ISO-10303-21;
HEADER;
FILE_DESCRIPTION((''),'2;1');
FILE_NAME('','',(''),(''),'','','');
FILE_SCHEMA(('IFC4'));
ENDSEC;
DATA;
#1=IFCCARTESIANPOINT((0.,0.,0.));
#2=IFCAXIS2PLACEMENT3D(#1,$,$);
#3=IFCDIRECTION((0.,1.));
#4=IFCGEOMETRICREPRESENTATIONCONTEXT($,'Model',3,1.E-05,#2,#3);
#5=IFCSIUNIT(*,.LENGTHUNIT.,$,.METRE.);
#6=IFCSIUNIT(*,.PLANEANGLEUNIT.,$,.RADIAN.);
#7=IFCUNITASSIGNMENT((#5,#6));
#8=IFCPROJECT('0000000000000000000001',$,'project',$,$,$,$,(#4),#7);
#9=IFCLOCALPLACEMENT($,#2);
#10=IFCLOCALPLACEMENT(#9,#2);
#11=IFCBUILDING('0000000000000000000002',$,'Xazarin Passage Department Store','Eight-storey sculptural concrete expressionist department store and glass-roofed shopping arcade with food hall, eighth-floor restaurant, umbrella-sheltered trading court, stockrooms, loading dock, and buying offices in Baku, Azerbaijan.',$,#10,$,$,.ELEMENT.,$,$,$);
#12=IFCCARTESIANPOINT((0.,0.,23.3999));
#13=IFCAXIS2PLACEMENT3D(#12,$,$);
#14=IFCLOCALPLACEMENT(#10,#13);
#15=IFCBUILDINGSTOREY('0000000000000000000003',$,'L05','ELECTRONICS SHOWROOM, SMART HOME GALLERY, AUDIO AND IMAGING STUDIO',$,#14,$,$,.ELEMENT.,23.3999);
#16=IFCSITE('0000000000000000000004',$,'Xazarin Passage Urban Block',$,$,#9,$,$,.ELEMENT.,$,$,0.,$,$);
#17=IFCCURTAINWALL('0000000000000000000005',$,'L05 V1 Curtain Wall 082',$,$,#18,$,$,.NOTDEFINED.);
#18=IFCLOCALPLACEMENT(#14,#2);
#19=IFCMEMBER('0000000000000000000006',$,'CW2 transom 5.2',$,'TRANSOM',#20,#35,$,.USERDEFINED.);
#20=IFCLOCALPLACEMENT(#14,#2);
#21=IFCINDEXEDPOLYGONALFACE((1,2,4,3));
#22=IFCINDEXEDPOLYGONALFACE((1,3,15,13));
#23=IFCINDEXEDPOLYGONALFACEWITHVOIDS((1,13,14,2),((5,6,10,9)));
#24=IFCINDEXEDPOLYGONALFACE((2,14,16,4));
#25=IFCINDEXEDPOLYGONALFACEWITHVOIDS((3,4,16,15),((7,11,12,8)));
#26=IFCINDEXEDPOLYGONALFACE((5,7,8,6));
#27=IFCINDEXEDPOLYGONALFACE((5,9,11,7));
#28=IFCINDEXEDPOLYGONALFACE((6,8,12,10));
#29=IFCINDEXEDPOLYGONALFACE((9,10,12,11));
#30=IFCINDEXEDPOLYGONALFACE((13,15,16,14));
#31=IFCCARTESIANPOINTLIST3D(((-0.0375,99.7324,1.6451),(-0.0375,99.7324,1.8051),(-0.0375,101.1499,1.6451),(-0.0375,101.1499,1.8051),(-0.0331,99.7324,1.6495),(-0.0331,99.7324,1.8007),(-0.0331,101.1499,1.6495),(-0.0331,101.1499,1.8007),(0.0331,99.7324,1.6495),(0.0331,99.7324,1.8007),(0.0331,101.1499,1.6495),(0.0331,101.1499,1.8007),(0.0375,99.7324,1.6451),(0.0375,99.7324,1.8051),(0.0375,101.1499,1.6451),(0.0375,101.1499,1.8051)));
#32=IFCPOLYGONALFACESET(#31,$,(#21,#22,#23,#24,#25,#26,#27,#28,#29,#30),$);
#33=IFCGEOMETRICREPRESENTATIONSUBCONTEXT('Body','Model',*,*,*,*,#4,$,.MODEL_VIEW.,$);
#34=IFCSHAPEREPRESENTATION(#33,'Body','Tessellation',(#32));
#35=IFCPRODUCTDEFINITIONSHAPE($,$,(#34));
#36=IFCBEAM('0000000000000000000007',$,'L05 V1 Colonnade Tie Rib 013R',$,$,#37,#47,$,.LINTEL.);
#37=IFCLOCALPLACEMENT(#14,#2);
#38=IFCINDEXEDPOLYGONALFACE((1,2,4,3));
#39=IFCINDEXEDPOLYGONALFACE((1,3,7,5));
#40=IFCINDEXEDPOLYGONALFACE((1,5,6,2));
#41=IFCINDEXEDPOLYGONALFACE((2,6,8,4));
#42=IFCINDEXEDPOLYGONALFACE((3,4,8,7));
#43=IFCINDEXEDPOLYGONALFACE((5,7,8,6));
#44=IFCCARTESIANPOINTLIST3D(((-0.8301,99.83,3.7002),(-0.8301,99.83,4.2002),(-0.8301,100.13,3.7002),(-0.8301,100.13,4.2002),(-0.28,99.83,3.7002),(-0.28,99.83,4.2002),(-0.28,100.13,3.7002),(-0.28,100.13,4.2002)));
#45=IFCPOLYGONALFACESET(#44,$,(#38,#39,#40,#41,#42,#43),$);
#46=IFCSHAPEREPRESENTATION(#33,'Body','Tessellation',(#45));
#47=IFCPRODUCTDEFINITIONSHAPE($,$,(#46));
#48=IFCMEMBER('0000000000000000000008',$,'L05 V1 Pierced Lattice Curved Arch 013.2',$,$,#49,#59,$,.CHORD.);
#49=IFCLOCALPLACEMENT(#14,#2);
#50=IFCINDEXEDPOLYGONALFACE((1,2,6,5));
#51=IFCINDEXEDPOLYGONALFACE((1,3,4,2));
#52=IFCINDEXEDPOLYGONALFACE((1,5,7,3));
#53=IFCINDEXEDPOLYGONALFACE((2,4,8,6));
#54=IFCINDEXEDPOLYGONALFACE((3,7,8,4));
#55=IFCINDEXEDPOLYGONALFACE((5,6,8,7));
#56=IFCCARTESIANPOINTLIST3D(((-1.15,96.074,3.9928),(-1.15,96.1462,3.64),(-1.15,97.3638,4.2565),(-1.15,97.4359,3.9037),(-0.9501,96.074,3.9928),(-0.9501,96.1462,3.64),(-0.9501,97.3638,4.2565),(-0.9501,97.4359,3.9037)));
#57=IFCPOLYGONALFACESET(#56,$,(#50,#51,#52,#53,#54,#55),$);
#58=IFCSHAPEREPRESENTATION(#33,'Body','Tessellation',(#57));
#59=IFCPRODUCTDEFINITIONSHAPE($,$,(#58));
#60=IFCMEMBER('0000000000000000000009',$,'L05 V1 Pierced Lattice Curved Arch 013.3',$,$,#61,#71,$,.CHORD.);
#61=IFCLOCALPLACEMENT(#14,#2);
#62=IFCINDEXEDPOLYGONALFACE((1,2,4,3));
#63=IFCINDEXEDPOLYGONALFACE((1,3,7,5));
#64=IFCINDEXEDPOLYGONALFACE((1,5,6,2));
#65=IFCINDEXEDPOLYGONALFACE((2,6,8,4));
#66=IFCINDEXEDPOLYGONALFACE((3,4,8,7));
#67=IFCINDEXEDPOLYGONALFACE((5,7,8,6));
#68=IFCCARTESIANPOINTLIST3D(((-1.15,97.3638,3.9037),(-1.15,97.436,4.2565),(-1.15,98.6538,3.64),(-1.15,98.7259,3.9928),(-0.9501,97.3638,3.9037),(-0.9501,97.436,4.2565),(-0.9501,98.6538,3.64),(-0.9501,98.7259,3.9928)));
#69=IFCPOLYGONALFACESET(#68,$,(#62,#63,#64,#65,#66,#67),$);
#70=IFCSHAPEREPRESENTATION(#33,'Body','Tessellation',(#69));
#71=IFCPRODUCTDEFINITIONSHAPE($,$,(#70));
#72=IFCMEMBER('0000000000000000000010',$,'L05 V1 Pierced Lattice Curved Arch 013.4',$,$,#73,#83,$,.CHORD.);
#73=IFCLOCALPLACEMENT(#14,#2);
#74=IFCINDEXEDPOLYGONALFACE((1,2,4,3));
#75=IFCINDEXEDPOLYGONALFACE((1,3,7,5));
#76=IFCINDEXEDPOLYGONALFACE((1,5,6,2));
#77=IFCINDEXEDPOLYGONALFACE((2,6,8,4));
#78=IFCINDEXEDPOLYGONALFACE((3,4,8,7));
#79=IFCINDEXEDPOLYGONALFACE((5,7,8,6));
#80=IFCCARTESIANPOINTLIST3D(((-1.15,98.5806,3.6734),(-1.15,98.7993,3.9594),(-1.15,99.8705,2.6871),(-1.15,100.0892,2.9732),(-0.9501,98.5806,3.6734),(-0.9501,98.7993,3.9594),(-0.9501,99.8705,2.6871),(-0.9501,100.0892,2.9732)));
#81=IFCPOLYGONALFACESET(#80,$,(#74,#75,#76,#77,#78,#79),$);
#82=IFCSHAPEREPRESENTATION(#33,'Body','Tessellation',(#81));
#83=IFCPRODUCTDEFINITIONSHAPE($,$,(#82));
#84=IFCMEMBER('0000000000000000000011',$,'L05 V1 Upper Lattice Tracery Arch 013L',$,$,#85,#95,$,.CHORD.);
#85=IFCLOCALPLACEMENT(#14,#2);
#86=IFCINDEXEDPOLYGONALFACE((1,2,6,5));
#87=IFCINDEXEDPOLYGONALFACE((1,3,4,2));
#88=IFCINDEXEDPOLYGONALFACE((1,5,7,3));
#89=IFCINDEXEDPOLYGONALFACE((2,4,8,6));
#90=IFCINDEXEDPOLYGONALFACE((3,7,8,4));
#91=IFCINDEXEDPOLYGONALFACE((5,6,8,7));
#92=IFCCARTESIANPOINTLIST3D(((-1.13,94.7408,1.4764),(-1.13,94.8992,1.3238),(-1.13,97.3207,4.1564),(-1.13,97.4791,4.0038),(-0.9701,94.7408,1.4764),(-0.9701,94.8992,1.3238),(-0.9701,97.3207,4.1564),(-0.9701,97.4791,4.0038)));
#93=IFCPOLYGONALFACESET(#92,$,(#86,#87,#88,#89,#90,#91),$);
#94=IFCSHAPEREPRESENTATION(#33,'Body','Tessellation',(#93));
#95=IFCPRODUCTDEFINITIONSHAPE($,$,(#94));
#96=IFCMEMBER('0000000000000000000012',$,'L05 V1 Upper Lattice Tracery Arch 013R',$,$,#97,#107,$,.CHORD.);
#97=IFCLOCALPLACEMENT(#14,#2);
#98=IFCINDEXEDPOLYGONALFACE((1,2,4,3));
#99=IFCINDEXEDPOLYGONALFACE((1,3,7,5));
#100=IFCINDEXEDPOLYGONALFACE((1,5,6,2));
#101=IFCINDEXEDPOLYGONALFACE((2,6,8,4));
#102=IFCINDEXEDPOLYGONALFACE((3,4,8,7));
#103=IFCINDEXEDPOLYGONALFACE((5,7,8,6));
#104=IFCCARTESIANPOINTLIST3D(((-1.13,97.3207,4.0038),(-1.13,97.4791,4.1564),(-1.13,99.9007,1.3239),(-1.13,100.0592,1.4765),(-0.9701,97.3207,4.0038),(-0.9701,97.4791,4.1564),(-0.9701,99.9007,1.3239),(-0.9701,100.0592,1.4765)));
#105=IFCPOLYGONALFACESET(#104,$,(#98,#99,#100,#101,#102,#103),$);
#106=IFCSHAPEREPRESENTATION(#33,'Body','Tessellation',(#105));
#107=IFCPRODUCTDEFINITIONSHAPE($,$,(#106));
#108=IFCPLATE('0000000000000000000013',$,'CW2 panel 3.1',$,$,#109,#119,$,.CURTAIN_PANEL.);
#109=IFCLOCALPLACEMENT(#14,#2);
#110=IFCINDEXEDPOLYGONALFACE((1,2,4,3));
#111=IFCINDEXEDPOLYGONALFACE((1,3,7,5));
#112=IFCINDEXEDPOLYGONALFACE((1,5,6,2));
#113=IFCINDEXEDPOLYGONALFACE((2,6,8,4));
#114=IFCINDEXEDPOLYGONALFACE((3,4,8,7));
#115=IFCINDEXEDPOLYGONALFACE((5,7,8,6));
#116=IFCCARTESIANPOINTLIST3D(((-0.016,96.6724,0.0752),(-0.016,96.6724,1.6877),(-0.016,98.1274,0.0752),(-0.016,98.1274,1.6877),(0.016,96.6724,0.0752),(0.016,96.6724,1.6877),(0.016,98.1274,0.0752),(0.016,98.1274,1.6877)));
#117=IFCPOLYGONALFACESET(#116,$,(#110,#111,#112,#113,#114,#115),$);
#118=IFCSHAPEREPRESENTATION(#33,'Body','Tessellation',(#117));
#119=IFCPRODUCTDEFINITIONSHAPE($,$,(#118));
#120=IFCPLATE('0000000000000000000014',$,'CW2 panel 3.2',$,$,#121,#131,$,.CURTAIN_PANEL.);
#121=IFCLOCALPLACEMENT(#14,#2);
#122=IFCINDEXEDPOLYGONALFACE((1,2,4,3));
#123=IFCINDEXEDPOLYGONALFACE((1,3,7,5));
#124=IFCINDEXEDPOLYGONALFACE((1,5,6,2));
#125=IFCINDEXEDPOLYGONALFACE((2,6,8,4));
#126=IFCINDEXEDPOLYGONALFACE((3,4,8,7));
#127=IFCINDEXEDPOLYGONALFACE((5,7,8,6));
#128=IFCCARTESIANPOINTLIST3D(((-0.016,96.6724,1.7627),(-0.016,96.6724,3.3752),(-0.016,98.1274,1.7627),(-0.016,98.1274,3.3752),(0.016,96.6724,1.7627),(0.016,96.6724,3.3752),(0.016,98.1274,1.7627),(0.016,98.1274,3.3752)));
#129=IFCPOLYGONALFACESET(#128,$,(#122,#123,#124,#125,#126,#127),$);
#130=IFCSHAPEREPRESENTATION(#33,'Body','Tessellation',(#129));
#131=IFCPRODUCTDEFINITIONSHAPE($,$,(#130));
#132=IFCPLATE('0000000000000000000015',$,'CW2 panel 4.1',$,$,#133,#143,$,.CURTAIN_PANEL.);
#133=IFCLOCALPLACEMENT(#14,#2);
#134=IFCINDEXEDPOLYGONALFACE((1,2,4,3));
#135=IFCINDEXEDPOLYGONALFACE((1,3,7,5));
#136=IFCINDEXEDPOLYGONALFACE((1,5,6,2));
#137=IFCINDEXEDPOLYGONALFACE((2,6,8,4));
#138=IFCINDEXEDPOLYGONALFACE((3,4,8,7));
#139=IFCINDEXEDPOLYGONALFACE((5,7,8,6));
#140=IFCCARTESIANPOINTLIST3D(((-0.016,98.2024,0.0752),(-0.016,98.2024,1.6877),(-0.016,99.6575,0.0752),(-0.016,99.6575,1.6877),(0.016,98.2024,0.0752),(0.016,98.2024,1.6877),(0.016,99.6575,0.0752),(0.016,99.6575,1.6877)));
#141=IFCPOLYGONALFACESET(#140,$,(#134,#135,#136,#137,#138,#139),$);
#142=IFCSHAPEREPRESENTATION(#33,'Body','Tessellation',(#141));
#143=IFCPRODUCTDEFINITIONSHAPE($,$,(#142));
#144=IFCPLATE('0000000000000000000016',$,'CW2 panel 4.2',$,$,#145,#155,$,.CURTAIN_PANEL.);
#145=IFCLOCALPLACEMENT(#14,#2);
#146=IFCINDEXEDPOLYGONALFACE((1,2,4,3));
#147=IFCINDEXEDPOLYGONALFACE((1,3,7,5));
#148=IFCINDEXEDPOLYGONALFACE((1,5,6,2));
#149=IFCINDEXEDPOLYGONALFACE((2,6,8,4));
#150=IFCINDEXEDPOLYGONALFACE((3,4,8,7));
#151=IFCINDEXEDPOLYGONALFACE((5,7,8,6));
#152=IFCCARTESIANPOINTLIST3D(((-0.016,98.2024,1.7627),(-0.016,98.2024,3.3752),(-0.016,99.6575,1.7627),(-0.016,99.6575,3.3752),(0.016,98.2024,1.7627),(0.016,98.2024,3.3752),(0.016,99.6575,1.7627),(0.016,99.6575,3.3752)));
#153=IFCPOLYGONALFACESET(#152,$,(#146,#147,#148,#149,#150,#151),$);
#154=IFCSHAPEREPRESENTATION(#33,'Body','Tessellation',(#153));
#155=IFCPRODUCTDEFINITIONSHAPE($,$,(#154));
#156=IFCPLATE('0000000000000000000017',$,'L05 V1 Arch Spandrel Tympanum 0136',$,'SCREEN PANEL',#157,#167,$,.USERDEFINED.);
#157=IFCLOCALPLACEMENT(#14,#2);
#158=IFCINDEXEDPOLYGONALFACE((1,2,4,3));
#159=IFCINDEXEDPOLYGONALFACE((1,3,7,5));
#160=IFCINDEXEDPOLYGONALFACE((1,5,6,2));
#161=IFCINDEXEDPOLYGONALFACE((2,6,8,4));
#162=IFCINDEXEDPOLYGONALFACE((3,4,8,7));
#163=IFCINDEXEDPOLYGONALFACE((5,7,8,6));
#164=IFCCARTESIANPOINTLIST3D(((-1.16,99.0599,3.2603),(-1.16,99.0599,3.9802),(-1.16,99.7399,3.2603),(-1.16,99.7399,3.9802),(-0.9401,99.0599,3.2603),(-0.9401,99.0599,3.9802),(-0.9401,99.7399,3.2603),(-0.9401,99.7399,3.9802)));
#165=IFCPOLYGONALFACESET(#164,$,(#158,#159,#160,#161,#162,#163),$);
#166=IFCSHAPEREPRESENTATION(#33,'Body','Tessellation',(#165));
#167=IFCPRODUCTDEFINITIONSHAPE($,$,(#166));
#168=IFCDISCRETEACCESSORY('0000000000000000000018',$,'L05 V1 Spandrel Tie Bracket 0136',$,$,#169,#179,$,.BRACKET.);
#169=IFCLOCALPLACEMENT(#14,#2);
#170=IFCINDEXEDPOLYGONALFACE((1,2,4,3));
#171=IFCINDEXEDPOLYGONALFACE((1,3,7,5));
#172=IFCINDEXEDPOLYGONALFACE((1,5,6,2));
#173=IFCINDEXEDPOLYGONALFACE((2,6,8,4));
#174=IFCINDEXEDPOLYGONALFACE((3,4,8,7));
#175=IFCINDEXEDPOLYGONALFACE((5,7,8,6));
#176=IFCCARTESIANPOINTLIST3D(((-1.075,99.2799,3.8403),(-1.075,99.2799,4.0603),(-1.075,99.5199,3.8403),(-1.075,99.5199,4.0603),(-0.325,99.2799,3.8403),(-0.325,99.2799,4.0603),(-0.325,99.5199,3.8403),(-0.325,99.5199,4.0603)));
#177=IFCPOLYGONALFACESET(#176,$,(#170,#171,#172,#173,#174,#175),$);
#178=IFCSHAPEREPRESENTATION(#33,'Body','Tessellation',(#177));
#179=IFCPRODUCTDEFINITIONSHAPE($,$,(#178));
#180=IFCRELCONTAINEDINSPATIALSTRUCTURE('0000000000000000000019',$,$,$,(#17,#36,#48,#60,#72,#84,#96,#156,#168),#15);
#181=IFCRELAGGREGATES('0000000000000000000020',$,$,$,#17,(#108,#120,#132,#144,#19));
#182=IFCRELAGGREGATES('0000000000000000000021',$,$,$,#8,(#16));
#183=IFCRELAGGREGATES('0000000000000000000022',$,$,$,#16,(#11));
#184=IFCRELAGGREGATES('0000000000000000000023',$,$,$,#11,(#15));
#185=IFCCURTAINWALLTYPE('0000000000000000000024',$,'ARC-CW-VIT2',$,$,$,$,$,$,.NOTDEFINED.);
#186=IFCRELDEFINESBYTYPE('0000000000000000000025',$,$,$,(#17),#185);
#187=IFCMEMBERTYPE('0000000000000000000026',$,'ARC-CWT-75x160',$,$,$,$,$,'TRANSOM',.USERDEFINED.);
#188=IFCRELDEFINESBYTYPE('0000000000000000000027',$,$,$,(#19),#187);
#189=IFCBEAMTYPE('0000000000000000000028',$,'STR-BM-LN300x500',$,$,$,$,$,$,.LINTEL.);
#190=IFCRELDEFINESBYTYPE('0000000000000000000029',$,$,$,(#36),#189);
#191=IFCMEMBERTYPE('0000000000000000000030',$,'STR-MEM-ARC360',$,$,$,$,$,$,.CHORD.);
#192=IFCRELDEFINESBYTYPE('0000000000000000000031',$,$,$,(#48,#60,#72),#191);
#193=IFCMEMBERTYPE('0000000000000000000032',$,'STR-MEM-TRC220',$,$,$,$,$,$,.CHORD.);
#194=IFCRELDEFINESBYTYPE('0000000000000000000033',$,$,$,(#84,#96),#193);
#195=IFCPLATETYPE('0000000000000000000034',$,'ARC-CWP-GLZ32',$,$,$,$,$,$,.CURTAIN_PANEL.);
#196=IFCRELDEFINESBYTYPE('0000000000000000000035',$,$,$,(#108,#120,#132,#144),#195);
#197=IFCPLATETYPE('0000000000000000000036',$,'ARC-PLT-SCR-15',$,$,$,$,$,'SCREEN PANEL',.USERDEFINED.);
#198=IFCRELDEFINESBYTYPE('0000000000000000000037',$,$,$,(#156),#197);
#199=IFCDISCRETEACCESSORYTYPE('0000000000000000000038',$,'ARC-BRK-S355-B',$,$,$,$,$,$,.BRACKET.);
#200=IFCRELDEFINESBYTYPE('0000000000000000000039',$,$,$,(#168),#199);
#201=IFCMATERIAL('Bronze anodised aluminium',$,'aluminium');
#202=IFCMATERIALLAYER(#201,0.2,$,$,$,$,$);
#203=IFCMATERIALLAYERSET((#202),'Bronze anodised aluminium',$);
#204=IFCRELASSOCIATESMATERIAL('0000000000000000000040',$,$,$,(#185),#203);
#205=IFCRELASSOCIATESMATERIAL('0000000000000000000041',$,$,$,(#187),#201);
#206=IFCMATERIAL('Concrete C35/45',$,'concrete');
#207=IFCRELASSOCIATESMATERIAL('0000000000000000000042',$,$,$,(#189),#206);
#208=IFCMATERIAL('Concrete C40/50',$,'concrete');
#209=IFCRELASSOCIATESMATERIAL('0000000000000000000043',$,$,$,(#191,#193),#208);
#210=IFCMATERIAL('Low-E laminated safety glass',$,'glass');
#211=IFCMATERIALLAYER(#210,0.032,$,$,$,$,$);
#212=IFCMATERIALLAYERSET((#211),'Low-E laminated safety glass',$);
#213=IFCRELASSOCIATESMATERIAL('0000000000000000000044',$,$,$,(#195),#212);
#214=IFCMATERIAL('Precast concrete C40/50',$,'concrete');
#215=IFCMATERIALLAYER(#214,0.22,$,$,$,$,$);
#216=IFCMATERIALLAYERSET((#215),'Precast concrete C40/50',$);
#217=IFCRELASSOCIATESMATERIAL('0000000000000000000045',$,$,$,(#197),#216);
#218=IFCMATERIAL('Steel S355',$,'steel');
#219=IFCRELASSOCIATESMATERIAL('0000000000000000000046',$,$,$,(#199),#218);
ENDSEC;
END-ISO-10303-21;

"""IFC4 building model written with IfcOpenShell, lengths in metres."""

from ifc_helpers import new_model, si_unit, direction, frame, origin, origin_2d, place, context, subcontext, project, spatial, rectangle, hollow_rectangle, extrude, material, layer, layer_set, material_profile, profile_set, type_object, element, aggregate, save


model = new_model("IFC4")

# Units and contexts
model_context = context("Model", 3, precision=1e-05, world=origin(), true_north=direction((0.0, 1.0)))
body_context = subcontext(model_context, "Body", "Model", "MODEL_VIEW")
ifc_project = project(units=[si_unit("LENGTHUNIT", "METRE"), si_unit("PLANEANGLEUNIT", "RADIAN")], contexts=[model_context])

# Site, building, storey
site_placement = place(None, origin())
site = spatial("IfcSite", under=ifc_project, at=site_placement, Name="Xazarin Passage Urban Block", CompositionType="ELEMENT", RefElevation=0.0)
building_placement = place(site_placement, origin())
building = spatial("IfcBuilding", under=site, at=building_placement, Name="Xazarin Passage Department Store", Description="Eight-storey sculptural concrete expressionist department store and glass-roofed shopping arcade with food hall, eighth-floor restaurant, umbrella-sheltered trading court, stockrooms, loading dock, and buying offices in Baku, Azerbaijan.", CompositionType="ELEMENT")
storey_placement = place(building_placement, frame((0.0, 0.0, 23.3999)))
storey = spatial("IfcBuildingStorey", under=building, at=storey_placement, Name="L05", Description="ELECTRONICS SHOWROOM, SMART HOME GALLERY, AUDIO AND IMAGING STUDIO", CompositionType="ELEMENT", Elevation=23.3999)

# Shared definitions
ifc_material_1 = material(Name="Concrete C40/50", Category="concrete")

# Curtain wall, member
ifc_material_2 = material(Name="Bronze anodised aluminium", Category="aluminium")
ifc_layer_1 = layer(ifc_material_2, 0.2)
ifc_layer_set_1 = layer_set([ifc_layer_1], Name="Bronze anodised aluminium")
curtain_wall_type = type_object("IfcCurtainWallType", Name="ARC-CW-VIT2", PredefinedType="NOTDEFINED", material=ifc_layer_set_1)
curtain_wall_placement = place(storey_placement, origin())
curtain_wall = element("IfcCurtainWall", 1, at=curtain_wall_placement, inside=storey, type_object=curtain_wall_type, Name="L05 V1 Curtain Wall 082", PredefinedType="NOTDEFINED")
ifc_material_profile_1 = material_profile(ifc_material_2, hollow_rectangle(XDim=0.075, YDim=0.1599, WallThickness=0.0044, at=origin_2d()), Name="ALU 75x160")
ifc_profile_set_1 = profile_set([ifc_material_profile_1], Name="Bronze anodised aluminium")
member_type_1 = type_object("IfcMemberType", Name="ARC-CWT-75x160", ElementType="TRANSOM", PredefinedType="USERDEFINED", material=ifc_profile_set_1)
member_1_placement = place(storey_placement, frame((0.0, 99.7324, 1.7251), z_axis=(0.0, 1.0, 0.0), x_axis=(-1.0, 0.0, 0.0)))
member_1 = element("IfcMember", 2, at=member_1_placement, type_object=member_type_1, Name="CW2 transom 5.2", ObjectType="TRANSOM", PredefinedType="USERDEFINED", context=body_context, shape_type="SweptSolid", body=[
    extrude(hollow_rectangle(XDim=0.075, YDim=0.1599, WallThickness=0.0044, at=origin_2d()), origin(), (0.0, 0.0, 1.0), 1.4175),
])

# Beam
ifc_material_3 = material(Name="Concrete C35/45", Category="concrete")
ifc_material_profile_2 = material_profile(ifc_material_3, rectangle(XDim=0.3, YDim=0.5, at=origin_2d()), Name="RC 300x500")
ifc_profile_set_2 = profile_set([ifc_material_profile_2], Name="Concrete C35/45")
beam_type = type_object("IfcBeamType", Name="STR-BM-LN300x500", PredefinedType="LINTEL", material=ifc_profile_set_2)
beam_placement = place(storey_placement, frame((-0.28, 99.98, 3.9502), z_axis=(-1.0, 0.0, 0.0), x_axis=(0.0, -1.0, 0.0)))
element("IfcBeam", 3, at=beam_placement, inside=storey, type_object=beam_type, Name="L05 V1 Colonnade Tie Rib 013R", PredefinedType="LINTEL", context=body_context, shape_type="SweptSolid", body=[
    extrude(rectangle(XDim=0.3, YDim=0.5, at=origin_2d()), origin(), (0.0, 0.0, 1.0), 0.55),
])

# Members
ifc_material_profile_3 = material_profile(ifc_material_1, rectangle(XDim=0.2, YDim=0.3601, at=origin_2d()), Name="RC 200x360")
ifc_profile_set_3 = profile_set([ifc_material_profile_3], Name="Concrete C40/50")
member_type_2 = type_object("IfcMemberType", Name="STR-MEM-ARC360", PredefinedType="CHORD", material=ifc_profile_set_3)
member_2_placement = place(storey_placement, frame((-1.05, 96.1101, 3.8164), z_axis=(0.0, 0.979737, 0.200287), x_axis=(-1.0, 0.0, 0.0)))
element("IfcMember", 4, at=member_2_placement, inside=storey, type_object=member_type_2, Name="L05 V1 Pierced Lattice Curved Arch 013.2", PredefinedType="CHORD", context=body_context, shape_type="SweptSolid", body=[
    extrude(rectangle(XDim=0.2, YDim=0.3601, at=origin_2d()), origin(), (0.0, 0.0, 1.0), 1.3164),
])
member_3_placement = place(storey_placement, frame((-1.05, 97.3999, 4.0801), z_axis=(0.0, 0.979745, -0.200251), x_axis=(-1.0, 0.0, 0.0)))
element("IfcMember", 5, at=member_3_placement, inside=storey, type_object=member_type_2, Name="L05 V1 Pierced Lattice Curved Arch 013.3", PredefinedType="CHORD", context=body_context, shape_type="SweptSolid", body=[
    extrude(rectangle(XDim=0.2, YDim=0.3601, at=origin_2d()), origin(), (0.0, 0.0, 1.0), 1.3167),
])
member_4_placement = place(storey_placement, frame((-1.05, 98.6899, 3.8164), z_axis=(0.0, 0.794409, -0.607383), x_axis=(-1.0, 0.0, 0.0)))
element("IfcMember", 6, at=member_4_placement, inside=storey, type_object=member_type_2, Name="L05 V1 Pierced Lattice Curved Arch 013.4", PredefinedType="CHORD", context=body_context, shape_type="SweptSolid", body=[
    extrude(rectangle(XDim=0.2, YDim=0.3601, at=origin_2d()), origin(), (0.0, 0.0, 1.0), 1.6238),
])
ifc_material_profile_4 = material_profile(ifc_material_1, rectangle(XDim=0.1599, YDim=0.22, at=origin_2d()), Name="RC 160x220")
ifc_profile_set_4 = profile_set([ifc_material_profile_4], Name="Concrete C40/50")
member_type_3 = type_object("IfcMemberType", Name="STR-MEM-TRC220", PredefinedType="CHORD", material=ifc_profile_set_4)
for number, where, z_axis, x_axis, name in (
    (7, (-1.05, 97.3999, 4.0801), (0.0, -0.693524, -0.720433), (1.0, 0.0, 0.0), "L05 V1 Upper Lattice Tracery Arch 013L"),
    (8, (-1.05, 97.3999, 4.0801), (0.0, 0.693558, -0.7204), (-1.0, 0.0, 0.0), "L05 V1 Upper Lattice Tracery Arch 013R"),
):
    element("IfcMember", number, at=place(storey_placement, frame(where, z_axis=z_axis, x_axis=x_axis)), inside=storey, type_object=member_type_3, Name=name, PredefinedType="CHORD", context=body_context, shape_type="SweptSolid", body=[
        extrude(rectangle(XDim=0.1599, YDim=0.22, at=origin_2d()), origin(), (0.0, 0.0, 1.0), 3.72),
    ])

# Plates
ifc_material_4 = material(Name="Low-E laminated safety glass", Category="glass")
ifc_layer_2 = layer(ifc_material_4, 0.032)
ifc_layer_set_2 = layer_set([ifc_layer_2], Name="Low-E laminated safety glass")
plate_type_1 = type_object("IfcPlateType", Name="ARC-CWP-GLZ32", PredefinedType="CURTAIN_PANEL", material=ifc_layer_set_2)
plate_1_placement = place(storey_placement, frame((0.0, 97.3999, 0.0752), z_axis=(0.0, 0.0, 1.0), x_axis=(0.0, 1.0, 0.0)))
plate_1 = element("IfcPlate", 9, at=plate_1_placement, type_object=plate_type_1, Name="CW2 panel 3.1", PredefinedType="CURTAIN_PANEL", context=body_context, shape_type="SweptSolid", body=[
    extrude(rectangle(XDim=1.4551, YDim=0.032, at=origin_2d()), origin(), (0.0, 0.0, 1.0), 1.6125),
])
plate_2_placement = place(storey_placement, frame((0.0, 97.3999, 1.7627), z_axis=(0.0, 0.0, 1.0), x_axis=(0.0, 1.0, 0.0)))
plate_2 = element("IfcPlate", 10, at=plate_2_placement, type_object=plate_type_1, Name="CW2 panel 3.2", PredefinedType="CURTAIN_PANEL", context=body_context, shape_type="SweptSolid", body=[
    extrude(rectangle(XDim=1.4551, YDim=0.032, at=origin_2d()), origin(), (0.0, 0.0, 1.0), 1.6125),
])
plate_3_placement = place(storey_placement, frame((0.0, 98.9299, 0.0752), z_axis=(0.0, 0.0, 1.0), x_axis=(0.0, 1.0, 0.0)))
plate_3 = element("IfcPlate", 11, at=plate_3_placement, type_object=plate_type_1, Name="CW2 panel 4.1", PredefinedType="CURTAIN_PANEL", context=body_context, shape_type="SweptSolid", body=[
    extrude(rectangle(XDim=1.4551, YDim=0.032, at=origin_2d()), origin(), (0.0, 0.0, 1.0), 1.6125),
])
plate_4_placement = place(storey_placement, frame((0.0, 98.9299, 1.7627), z_axis=(0.0, 0.0, 1.0), x_axis=(0.0, 1.0, 0.0)))
plate_4 = element("IfcPlate", 12, at=plate_4_placement, type_object=plate_type_1, Name="CW2 panel 4.2", PredefinedType="CURTAIN_PANEL", context=body_context, shape_type="SweptSolid", body=[
    extrude(rectangle(XDim=1.4551, YDim=0.032, at=origin_2d()), origin(), (0.0, 0.0, 1.0), 1.6125),
])
aggregate(curtain_wall, [plate_1, plate_2, plate_3, plate_4, member_1])
ifc_material_5 = material(Name="Precast concrete C40/50", Category="concrete")
ifc_layer_3 = layer(ifc_material_5, 0.22)
ifc_layer_set_3 = layer_set([ifc_layer_3], Name="Precast concrete C40/50")
plate_type_2 = type_object("IfcPlateType", Name="ARC-PLT-SCR-15", ElementType="SCREEN PANEL", PredefinedType="USERDEFINED", material=ifc_layer_set_3)
plate_5_placement = place(storey_placement, frame((-1.05, 99.3999, 3.2603), z_axis=(0.0, 0.0, 1.0), x_axis=(0.0, 1.0, 0.0)))
element("IfcPlate", 13, at=plate_5_placement, inside=storey, type_object=plate_type_2, Name="L05 V1 Arch Spandrel Tympanum 0136", ObjectType="SCREEN PANEL", PredefinedType="USERDEFINED", context=body_context, shape_type="SweptSolid", body=[
    extrude(rectangle(XDim=0.6799, YDim=0.22, at=origin_2d()), origin(), (0.0, 0.0, 1.0), 0.72),
])

# Discrete accessory
ifc_material_6 = material(Name="Steel S355", Category="steel")
discrete_accessory_type = type_object("IfcDiscreteAccessoryType", Name="ARC-BRK-S355-B", PredefinedType="BRACKET", material=ifc_material_6)
discrete_accessory_placement = place(storey_placement, frame((-0.7, 99.3999, 3.8403), z_axis=(0.0, 0.0, 1.0), x_axis=(0.0, 1.0, 0.0)))
element("IfcDiscreteAccessory", 14, at=discrete_accessory_placement, inside=storey, type_object=discrete_accessory_type, Name="L05 V1 Spandrel Tie Bracket 0136", PredefinedType="BRACKET", context=body_context, shape_type="SweptSolid", body=[
    extrude(rectangle(XDim=0.24, YDim=0.75, at=origin_2d()), origin(), (0.0, 0.0, 1.0), 0.22),
])

save(model, "model.ifc")
